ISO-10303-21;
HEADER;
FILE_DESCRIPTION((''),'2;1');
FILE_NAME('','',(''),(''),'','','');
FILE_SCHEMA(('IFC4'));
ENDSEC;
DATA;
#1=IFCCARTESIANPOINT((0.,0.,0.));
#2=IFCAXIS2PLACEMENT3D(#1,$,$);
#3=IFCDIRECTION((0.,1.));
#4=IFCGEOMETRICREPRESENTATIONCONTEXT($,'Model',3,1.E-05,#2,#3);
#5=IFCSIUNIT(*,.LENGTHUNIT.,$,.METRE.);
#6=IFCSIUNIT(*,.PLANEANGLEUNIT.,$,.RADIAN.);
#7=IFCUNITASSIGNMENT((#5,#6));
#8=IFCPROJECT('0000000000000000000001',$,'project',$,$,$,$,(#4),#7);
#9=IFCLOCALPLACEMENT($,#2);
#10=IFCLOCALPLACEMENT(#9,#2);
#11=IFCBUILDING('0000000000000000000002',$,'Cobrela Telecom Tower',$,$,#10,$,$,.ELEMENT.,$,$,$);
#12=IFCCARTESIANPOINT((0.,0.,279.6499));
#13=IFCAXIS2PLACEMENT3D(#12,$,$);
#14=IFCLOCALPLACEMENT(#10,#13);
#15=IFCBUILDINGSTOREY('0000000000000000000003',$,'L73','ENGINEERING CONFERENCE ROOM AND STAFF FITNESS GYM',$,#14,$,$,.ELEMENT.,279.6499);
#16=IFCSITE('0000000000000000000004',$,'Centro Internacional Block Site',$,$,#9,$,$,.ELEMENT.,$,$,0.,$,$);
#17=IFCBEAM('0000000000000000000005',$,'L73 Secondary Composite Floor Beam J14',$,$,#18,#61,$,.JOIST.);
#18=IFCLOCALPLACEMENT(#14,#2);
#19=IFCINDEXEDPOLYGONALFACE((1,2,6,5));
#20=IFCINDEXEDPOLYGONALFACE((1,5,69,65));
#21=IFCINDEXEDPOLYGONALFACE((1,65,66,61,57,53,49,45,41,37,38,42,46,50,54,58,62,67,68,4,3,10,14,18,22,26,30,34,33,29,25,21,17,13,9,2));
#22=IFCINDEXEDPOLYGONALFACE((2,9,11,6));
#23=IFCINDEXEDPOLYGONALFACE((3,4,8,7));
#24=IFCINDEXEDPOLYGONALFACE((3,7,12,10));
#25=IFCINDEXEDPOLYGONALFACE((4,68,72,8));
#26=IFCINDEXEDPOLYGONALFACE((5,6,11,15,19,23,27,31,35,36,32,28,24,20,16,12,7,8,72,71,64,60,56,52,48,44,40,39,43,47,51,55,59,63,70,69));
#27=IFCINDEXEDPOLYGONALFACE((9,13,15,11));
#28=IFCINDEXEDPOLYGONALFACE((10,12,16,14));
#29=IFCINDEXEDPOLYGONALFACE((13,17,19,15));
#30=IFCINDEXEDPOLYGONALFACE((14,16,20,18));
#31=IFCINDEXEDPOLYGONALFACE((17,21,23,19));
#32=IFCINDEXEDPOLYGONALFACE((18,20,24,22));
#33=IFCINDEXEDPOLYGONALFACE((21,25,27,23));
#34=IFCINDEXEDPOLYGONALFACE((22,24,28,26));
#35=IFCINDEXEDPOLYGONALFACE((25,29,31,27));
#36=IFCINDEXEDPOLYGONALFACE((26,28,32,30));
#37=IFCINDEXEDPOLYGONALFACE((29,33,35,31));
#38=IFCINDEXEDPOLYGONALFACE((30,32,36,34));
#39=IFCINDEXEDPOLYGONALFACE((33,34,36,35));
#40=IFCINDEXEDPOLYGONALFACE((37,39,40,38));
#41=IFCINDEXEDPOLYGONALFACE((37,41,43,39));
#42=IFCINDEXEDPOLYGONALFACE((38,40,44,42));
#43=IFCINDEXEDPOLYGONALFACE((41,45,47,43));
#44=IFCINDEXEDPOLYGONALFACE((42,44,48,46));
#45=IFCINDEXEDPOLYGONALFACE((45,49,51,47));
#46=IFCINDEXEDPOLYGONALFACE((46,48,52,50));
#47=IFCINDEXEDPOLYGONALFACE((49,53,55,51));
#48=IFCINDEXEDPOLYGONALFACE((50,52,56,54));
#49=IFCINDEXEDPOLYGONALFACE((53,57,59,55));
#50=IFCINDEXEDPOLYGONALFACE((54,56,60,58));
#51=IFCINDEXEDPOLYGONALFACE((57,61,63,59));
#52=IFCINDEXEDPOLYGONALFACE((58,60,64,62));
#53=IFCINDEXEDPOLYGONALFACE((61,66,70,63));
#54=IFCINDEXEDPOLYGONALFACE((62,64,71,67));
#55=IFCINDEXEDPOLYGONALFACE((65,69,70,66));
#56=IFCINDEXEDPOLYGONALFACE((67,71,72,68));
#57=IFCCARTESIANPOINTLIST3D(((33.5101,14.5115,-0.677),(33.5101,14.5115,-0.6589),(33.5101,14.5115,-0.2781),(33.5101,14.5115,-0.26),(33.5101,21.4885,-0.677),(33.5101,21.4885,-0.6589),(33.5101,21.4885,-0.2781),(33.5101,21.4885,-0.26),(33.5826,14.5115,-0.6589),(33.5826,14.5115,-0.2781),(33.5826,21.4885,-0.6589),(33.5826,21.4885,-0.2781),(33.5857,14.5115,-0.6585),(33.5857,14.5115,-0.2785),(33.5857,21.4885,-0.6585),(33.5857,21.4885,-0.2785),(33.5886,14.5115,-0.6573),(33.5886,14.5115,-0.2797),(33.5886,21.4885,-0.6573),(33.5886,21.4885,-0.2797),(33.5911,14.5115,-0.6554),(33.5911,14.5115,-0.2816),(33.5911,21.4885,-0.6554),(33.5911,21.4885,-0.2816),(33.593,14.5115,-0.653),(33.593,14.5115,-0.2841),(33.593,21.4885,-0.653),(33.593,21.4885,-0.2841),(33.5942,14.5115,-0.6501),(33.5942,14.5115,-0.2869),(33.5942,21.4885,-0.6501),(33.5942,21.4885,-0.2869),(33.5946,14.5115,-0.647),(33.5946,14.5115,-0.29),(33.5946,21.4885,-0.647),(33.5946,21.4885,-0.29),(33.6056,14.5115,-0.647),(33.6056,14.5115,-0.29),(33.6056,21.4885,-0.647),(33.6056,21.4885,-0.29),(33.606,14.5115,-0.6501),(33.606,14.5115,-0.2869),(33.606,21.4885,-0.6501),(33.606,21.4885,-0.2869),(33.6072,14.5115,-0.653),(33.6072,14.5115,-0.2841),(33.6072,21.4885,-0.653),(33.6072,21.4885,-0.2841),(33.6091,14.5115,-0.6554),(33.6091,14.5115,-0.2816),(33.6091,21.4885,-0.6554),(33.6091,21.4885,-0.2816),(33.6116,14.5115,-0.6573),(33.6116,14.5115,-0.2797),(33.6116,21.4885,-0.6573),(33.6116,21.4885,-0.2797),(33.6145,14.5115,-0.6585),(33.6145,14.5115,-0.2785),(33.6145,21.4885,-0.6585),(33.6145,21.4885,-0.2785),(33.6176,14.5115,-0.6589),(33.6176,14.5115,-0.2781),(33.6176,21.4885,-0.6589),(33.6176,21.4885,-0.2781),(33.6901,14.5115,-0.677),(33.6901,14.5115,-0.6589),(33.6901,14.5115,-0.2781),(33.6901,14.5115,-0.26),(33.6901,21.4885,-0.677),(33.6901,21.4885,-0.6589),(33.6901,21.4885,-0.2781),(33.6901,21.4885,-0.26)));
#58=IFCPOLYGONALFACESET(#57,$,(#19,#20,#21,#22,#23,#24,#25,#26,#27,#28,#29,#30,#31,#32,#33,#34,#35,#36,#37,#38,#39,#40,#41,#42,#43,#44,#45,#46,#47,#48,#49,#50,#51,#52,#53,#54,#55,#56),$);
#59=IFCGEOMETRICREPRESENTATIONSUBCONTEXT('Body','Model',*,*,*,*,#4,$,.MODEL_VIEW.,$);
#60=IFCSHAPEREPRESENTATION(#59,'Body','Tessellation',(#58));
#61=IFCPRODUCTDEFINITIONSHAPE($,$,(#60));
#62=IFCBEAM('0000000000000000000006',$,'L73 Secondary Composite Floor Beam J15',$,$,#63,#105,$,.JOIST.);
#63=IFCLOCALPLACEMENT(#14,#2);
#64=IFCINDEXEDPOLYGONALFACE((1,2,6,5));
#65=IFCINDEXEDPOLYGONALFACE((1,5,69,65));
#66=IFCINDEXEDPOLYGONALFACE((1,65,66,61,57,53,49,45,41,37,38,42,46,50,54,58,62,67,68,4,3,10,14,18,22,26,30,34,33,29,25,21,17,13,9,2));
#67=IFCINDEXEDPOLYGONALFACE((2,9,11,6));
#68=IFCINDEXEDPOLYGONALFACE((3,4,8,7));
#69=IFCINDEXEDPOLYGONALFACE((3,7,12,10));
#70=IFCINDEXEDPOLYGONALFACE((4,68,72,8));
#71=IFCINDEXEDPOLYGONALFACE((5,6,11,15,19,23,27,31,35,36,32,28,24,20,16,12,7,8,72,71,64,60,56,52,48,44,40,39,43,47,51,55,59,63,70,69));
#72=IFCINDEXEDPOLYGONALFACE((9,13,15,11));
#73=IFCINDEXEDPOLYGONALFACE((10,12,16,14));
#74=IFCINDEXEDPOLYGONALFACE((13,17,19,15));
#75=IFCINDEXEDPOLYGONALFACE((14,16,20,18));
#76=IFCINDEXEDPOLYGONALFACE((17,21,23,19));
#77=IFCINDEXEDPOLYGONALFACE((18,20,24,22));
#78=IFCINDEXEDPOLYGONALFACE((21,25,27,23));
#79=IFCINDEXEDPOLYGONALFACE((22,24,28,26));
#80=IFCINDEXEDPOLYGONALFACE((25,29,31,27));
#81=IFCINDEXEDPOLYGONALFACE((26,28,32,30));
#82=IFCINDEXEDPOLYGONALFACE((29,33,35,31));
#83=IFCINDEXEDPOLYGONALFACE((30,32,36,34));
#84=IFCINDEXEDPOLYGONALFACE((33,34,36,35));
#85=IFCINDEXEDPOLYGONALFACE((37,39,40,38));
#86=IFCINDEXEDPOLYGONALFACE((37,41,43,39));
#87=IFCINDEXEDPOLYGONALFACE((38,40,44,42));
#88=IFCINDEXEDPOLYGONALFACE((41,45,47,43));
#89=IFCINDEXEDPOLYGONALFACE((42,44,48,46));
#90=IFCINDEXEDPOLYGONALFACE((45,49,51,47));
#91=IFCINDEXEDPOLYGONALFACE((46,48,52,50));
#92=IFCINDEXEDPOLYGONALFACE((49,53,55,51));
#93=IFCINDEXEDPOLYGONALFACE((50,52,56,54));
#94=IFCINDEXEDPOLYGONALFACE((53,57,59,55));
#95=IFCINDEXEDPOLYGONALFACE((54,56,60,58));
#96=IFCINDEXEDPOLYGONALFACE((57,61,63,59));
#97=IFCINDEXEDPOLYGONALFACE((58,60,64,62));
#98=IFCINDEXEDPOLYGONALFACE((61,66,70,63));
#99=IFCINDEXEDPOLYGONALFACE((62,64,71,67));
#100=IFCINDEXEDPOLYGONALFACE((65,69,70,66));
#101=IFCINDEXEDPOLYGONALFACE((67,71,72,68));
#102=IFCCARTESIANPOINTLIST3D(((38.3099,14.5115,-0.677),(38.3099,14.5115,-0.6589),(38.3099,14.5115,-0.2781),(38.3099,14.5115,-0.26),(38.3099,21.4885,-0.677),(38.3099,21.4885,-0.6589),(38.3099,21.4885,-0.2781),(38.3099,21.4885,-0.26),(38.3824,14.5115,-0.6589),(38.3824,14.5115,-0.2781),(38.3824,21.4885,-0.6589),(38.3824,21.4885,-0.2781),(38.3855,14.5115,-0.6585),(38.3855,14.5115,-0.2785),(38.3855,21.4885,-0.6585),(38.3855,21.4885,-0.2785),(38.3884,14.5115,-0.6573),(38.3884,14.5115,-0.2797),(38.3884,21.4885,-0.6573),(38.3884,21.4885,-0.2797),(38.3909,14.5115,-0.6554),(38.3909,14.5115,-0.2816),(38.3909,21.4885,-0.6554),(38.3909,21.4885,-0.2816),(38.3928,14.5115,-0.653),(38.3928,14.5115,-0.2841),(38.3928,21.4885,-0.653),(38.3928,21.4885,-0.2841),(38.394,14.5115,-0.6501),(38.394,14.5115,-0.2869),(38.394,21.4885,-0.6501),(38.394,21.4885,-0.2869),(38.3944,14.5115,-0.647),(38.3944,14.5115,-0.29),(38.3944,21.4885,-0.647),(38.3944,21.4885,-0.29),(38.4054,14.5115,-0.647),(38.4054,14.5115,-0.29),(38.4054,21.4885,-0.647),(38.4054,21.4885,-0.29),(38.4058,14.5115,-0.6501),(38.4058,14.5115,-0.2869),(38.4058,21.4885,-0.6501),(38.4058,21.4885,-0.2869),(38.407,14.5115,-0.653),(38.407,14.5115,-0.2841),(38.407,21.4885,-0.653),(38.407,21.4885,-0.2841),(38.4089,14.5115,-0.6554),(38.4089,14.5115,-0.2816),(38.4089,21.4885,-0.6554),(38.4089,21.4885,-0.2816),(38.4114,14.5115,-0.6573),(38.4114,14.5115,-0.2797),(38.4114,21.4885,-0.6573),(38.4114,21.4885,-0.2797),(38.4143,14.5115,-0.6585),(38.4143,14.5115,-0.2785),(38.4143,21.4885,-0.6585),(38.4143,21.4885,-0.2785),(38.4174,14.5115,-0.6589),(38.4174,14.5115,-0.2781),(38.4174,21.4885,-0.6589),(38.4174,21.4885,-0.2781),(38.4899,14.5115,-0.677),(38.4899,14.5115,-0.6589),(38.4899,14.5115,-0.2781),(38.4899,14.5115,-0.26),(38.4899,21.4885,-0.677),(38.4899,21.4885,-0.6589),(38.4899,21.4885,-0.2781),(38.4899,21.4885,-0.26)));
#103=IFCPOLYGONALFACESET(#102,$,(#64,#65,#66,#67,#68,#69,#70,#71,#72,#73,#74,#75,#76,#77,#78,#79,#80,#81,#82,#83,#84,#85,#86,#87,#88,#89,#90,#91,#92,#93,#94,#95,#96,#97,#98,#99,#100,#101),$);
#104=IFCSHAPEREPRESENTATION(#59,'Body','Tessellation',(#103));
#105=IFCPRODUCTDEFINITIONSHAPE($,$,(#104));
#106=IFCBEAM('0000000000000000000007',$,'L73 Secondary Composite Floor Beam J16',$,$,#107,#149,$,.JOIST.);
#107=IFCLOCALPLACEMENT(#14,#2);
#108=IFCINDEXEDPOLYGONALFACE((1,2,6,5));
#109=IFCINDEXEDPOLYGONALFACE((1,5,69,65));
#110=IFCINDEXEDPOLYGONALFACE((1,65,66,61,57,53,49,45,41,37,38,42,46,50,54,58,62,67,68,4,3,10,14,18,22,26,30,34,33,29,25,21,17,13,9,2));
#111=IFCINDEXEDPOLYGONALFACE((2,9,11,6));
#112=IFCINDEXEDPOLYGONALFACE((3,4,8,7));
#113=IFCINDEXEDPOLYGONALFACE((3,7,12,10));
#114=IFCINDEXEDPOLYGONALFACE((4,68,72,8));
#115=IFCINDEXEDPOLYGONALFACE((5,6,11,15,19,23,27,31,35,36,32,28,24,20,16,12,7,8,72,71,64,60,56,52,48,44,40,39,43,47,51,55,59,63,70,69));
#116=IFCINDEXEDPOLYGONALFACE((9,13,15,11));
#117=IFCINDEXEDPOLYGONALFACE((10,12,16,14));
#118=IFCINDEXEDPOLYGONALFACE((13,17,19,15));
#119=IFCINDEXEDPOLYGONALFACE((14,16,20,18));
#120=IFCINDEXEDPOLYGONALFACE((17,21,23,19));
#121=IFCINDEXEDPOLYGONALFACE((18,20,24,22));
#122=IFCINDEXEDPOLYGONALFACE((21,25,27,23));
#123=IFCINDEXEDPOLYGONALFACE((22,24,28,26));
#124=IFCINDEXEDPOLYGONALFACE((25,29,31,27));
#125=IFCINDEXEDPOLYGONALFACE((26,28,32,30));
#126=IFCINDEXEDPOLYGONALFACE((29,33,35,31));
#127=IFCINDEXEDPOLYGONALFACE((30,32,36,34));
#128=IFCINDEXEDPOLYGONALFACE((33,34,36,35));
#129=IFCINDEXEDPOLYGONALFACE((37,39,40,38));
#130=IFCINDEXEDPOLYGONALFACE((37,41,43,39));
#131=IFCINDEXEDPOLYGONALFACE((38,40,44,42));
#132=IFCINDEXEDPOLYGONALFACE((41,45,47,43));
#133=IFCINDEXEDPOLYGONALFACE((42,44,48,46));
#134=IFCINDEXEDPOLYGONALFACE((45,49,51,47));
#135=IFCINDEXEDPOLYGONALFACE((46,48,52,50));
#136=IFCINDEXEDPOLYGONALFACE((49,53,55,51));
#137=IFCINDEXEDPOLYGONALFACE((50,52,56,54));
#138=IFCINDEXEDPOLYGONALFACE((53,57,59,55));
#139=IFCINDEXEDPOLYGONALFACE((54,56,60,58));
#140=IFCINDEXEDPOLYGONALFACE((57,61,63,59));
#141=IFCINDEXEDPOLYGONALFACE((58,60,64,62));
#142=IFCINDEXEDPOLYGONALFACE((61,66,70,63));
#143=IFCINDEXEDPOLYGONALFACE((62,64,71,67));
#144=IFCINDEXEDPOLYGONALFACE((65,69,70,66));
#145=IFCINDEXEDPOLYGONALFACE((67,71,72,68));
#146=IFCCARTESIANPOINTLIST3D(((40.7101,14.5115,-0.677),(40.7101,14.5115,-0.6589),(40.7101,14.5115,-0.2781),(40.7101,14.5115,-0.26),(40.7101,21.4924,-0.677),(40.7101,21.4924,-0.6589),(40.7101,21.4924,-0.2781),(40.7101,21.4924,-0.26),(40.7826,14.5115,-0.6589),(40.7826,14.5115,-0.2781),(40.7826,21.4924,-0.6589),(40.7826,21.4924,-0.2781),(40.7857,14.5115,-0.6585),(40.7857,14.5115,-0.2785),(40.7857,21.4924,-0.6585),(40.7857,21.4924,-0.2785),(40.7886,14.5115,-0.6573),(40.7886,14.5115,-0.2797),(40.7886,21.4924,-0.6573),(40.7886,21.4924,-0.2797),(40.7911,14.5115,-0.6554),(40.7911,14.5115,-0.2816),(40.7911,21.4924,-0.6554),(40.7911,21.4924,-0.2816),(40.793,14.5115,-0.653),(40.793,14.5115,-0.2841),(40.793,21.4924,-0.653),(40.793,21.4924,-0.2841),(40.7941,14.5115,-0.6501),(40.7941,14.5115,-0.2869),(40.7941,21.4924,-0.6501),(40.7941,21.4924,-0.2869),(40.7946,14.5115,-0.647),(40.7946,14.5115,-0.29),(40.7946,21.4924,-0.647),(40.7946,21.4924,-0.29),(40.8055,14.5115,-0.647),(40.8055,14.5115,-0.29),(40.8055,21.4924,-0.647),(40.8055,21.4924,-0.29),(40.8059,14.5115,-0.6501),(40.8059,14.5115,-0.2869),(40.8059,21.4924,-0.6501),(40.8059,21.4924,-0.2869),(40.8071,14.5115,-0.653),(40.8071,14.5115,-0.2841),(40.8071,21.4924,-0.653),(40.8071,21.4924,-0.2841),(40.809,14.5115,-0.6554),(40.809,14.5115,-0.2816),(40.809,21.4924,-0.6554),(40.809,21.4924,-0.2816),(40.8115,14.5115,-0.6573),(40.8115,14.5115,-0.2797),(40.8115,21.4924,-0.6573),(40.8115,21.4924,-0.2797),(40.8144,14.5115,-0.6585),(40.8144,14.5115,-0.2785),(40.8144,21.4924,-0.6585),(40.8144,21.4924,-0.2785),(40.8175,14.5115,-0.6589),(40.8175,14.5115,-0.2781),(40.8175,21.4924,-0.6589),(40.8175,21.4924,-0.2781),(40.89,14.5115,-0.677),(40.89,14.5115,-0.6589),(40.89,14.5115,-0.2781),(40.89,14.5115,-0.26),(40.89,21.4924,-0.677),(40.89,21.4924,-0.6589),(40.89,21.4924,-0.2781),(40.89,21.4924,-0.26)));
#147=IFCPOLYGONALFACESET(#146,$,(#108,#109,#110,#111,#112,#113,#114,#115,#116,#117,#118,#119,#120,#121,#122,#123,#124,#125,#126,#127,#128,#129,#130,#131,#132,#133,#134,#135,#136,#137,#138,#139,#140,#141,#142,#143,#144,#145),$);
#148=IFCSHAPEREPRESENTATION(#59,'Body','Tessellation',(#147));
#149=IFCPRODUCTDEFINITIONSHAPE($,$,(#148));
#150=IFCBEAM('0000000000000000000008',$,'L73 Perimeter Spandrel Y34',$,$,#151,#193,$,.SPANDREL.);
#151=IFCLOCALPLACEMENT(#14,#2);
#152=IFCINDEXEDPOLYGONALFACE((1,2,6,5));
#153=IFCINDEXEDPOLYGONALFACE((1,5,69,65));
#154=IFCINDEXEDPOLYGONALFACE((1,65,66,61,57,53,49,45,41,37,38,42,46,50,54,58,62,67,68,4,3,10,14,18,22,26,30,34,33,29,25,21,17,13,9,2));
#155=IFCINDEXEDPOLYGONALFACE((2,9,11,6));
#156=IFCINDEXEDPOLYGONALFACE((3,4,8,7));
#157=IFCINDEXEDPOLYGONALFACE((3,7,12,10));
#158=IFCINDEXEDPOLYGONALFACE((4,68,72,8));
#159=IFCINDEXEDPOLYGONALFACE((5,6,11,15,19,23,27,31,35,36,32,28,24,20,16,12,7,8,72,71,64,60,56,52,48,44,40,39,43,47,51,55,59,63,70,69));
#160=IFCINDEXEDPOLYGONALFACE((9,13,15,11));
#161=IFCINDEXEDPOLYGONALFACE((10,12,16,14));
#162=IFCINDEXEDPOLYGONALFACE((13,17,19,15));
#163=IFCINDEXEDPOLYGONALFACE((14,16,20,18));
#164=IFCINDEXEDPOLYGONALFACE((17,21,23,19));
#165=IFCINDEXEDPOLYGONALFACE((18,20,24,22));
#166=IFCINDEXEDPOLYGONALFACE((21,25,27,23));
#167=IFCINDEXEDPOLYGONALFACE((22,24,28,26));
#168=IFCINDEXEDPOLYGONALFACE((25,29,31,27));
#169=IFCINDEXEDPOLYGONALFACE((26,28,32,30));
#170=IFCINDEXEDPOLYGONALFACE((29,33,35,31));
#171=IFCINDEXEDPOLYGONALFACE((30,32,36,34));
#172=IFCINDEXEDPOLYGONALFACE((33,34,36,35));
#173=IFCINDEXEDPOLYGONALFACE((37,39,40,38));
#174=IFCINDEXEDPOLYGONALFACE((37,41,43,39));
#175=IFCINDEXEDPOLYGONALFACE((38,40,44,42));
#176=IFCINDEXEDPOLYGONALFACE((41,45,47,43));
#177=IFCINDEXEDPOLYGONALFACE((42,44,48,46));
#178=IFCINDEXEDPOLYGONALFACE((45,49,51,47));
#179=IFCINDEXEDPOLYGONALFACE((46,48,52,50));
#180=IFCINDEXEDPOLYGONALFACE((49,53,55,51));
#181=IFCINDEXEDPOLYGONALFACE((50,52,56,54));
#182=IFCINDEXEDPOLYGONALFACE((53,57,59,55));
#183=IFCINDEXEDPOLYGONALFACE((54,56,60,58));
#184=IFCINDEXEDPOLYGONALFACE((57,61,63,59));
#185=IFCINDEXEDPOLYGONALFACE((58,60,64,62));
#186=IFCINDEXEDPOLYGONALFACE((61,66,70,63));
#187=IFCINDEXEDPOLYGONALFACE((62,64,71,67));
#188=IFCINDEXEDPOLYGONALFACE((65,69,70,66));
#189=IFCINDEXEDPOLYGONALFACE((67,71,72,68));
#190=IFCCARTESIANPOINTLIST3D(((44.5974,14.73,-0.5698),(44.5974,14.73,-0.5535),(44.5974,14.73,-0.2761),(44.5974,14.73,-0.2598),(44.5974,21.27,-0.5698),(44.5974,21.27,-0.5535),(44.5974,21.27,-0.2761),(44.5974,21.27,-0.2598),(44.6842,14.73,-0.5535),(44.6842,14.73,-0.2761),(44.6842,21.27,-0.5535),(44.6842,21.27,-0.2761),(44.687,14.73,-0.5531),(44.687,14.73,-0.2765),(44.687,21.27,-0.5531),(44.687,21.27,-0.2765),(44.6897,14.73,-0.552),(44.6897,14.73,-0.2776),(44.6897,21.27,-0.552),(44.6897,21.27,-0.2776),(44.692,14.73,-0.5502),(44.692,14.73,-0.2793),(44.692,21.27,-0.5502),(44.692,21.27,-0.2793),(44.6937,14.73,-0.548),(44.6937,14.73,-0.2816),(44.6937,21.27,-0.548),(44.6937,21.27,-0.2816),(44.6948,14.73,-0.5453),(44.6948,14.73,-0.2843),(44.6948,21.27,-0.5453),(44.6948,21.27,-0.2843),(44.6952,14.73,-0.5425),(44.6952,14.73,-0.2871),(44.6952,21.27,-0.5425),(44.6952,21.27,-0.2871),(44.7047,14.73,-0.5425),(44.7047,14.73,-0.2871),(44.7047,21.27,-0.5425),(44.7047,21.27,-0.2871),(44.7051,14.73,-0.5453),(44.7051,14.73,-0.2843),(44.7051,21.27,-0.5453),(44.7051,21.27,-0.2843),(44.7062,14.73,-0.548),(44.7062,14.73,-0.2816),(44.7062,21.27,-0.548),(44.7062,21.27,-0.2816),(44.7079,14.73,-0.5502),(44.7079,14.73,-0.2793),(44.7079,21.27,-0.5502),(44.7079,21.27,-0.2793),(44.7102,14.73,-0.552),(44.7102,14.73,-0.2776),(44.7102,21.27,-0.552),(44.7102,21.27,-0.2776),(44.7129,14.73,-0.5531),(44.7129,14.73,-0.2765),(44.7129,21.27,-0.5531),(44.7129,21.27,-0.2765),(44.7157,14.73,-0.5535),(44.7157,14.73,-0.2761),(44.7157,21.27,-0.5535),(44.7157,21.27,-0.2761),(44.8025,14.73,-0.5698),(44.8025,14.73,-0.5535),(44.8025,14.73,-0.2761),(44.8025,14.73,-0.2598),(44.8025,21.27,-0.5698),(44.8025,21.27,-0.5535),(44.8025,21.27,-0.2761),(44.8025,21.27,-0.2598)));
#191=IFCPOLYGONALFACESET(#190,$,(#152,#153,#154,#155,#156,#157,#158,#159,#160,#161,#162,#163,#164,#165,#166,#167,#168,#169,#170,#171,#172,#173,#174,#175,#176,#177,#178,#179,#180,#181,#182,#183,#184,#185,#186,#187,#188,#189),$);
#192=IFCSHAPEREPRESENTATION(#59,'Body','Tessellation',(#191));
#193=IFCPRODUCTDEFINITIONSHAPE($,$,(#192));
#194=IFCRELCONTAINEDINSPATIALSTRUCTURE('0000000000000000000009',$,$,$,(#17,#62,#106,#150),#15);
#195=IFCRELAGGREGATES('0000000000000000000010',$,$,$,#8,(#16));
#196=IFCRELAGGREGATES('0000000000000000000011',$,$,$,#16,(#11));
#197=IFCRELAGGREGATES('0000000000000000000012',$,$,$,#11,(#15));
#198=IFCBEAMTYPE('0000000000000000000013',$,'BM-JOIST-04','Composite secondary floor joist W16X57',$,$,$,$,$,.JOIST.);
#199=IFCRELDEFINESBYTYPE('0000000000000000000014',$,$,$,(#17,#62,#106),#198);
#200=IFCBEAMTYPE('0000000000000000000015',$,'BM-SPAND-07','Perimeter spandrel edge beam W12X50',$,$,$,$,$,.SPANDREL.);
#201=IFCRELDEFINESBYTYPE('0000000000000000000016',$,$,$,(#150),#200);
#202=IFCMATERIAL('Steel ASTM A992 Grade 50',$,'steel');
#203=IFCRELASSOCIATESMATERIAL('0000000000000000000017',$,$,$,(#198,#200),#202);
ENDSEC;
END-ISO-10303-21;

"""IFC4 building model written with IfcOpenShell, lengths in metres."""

from ifc_helpers import new_model, si_unit, direction, frame, origin, origin_2d, place, context, subcontext, project, spatial, i_section, extrude, material, material_profile, profile_set, type_object, element, save


model = new_model("IFC4")

# Units and contexts
model_context = context("Model", 3, precision=1e-05, world=origin(), true_north=direction((0.0, 1.0)))
body_context = subcontext(model_context, "Body", "Model", "MODEL_VIEW")
ifc_project = project(units=[si_unit("LENGTHUNIT", "METRE"), si_unit("PLANEANGLEUNIT", "RADIAN")], contexts=[model_context])

# Site, building, storey
site_placement = place(None, origin())
site = spatial("IfcSite", under=ifc_project, at=site_placement, Name="Centro Internacional Block Site", CompositionType="ELEMENT", RefElevation=0.0)
building_placement = place(site_placement, origin())
building = spatial("IfcBuilding", under=site, at=building_placement, Name="Cobrela Telecom Tower", CompositionType="ELEMENT")
storey_placement = place(building_placement, frame((0.0, 0.0, 279.6499)))
storey = spatial("IfcBuildingStorey", under=building, at=storey_placement, Name="L73", Description="ENGINEERING CONFERENCE ROOM AND STAFF FITNESS GYM", CompositionType="ELEMENT", Elevation=279.6499)

# Shared definitions
ifc_material_1 = material(Name="Steel ASTM A992 Grade 50", Category="steel")

# Beams
ifc_material_profile_1 = material_profile(ifc_material_1, i_section(OverallWidth=0.1799, OverallDepth=0.417, WebThickness=0.011, FlangeThickness=0.0181, FilletRadius=0.012, at=origin_2d()), Name="W16X57")
ifc_profile_set_1 = profile_set([ifc_material_profile_1], Name="Steel ASTM A992 Grade 50")
beam_type_1 = type_object("IfcBeamType", Name="BM-JOIST-04", Description="Composite secondary floor joist W16X57", PredefinedType="JOIST", material=ifc_profile_set_1)
for number, where, z_axis, x_axis, name in (
    (1, (33.6001, 14.5115, -0.4685), (0.0, 1.0, 0.0), (-1.0, 0.0, 0.0), "L73 Secondary Composite Floor Beam J14"),
    (2, (38.3999, 14.5115, -0.4685), (0.0, 1.0, 0.0), (-1.0, 0.0, 0.0), "L73 Secondary Composite Floor Beam J15"),
):
    element("IfcBeam", number, at=place(storey_placement, frame(where, z_axis=z_axis, x_axis=x_axis)), inside=storey, type_object=beam_type_1, Name=name, PredefinedType="JOIST", context=body_context, shape_type="SweptSolid", body=[
        extrude(i_section(OverallWidth=0.1799, OverallDepth=0.417, WebThickness=0.011, FlangeThickness=0.0181, FilletRadius=0.012, at=origin_2d()), origin(), (0.0, 0.0, 1.0), 6.9771),
    ])
beam_1_placement = place(storey_placement, frame((40.8, 14.5115, -0.4685), z_axis=(0.0, 1.0, 0.0), x_axis=(-1.0, 0.0, 0.0)))
element("IfcBeam", 3, at=beam_1_placement, inside=storey, type_object=beam_type_1, Name="L73 Secondary Composite Floor Beam J16", PredefinedType="JOIST", context=body_context, shape_type="SweptSolid", body=[
    extrude(i_section(OverallWidth=0.1799, OverallDepth=0.417, WebThickness=0.011, FlangeThickness=0.0181, FilletRadius=0.012, at=origin_2d()), origin(), (0.0, 0.0, 1.0), 6.981),
])
ifc_material_profile_2 = material_profile(ifc_material_1, i_section(OverallWidth=0.2051, OverallDepth=0.3101, WebThickness=0.0095, FlangeThickness=0.0164, FilletRadius=0.011, at=origin_2d()), Name="W12X50")
ifc_profile_set_2 = profile_set([ifc_material_profile_2], Name="Steel ASTM A992 Grade 50")
beam_type_2 = type_object("IfcBeamType", Name="BM-SPAND-07", Description="Perimeter spandrel edge beam W12X50", PredefinedType="SPANDREL", material=ifc_profile_set_2)
beam_2_placement = place(storey_placement, frame((44.7, 14.73, -0.4148), z_axis=(0.0, 1.0, 0.0), x_axis=(-1.0, 0.0, 0.0)))
element("IfcBeam", 4, at=beam_2_placement, inside=storey, type_object=beam_type_2, Name="L73 Perimeter Spandrel Y34", PredefinedType="SPANDREL", context=body_context, shape_type="SweptSolid", body=[
    extrude(i_section(OverallWidth=0.2051, OverallDepth=0.3101, WebThickness=0.0095, FlangeThickness=0.0164, FilletRadius=0.011, at=origin_2d()), origin(), (0.0, 0.0, 1.0), 6.54),
])

save(model, "model.ifc")
